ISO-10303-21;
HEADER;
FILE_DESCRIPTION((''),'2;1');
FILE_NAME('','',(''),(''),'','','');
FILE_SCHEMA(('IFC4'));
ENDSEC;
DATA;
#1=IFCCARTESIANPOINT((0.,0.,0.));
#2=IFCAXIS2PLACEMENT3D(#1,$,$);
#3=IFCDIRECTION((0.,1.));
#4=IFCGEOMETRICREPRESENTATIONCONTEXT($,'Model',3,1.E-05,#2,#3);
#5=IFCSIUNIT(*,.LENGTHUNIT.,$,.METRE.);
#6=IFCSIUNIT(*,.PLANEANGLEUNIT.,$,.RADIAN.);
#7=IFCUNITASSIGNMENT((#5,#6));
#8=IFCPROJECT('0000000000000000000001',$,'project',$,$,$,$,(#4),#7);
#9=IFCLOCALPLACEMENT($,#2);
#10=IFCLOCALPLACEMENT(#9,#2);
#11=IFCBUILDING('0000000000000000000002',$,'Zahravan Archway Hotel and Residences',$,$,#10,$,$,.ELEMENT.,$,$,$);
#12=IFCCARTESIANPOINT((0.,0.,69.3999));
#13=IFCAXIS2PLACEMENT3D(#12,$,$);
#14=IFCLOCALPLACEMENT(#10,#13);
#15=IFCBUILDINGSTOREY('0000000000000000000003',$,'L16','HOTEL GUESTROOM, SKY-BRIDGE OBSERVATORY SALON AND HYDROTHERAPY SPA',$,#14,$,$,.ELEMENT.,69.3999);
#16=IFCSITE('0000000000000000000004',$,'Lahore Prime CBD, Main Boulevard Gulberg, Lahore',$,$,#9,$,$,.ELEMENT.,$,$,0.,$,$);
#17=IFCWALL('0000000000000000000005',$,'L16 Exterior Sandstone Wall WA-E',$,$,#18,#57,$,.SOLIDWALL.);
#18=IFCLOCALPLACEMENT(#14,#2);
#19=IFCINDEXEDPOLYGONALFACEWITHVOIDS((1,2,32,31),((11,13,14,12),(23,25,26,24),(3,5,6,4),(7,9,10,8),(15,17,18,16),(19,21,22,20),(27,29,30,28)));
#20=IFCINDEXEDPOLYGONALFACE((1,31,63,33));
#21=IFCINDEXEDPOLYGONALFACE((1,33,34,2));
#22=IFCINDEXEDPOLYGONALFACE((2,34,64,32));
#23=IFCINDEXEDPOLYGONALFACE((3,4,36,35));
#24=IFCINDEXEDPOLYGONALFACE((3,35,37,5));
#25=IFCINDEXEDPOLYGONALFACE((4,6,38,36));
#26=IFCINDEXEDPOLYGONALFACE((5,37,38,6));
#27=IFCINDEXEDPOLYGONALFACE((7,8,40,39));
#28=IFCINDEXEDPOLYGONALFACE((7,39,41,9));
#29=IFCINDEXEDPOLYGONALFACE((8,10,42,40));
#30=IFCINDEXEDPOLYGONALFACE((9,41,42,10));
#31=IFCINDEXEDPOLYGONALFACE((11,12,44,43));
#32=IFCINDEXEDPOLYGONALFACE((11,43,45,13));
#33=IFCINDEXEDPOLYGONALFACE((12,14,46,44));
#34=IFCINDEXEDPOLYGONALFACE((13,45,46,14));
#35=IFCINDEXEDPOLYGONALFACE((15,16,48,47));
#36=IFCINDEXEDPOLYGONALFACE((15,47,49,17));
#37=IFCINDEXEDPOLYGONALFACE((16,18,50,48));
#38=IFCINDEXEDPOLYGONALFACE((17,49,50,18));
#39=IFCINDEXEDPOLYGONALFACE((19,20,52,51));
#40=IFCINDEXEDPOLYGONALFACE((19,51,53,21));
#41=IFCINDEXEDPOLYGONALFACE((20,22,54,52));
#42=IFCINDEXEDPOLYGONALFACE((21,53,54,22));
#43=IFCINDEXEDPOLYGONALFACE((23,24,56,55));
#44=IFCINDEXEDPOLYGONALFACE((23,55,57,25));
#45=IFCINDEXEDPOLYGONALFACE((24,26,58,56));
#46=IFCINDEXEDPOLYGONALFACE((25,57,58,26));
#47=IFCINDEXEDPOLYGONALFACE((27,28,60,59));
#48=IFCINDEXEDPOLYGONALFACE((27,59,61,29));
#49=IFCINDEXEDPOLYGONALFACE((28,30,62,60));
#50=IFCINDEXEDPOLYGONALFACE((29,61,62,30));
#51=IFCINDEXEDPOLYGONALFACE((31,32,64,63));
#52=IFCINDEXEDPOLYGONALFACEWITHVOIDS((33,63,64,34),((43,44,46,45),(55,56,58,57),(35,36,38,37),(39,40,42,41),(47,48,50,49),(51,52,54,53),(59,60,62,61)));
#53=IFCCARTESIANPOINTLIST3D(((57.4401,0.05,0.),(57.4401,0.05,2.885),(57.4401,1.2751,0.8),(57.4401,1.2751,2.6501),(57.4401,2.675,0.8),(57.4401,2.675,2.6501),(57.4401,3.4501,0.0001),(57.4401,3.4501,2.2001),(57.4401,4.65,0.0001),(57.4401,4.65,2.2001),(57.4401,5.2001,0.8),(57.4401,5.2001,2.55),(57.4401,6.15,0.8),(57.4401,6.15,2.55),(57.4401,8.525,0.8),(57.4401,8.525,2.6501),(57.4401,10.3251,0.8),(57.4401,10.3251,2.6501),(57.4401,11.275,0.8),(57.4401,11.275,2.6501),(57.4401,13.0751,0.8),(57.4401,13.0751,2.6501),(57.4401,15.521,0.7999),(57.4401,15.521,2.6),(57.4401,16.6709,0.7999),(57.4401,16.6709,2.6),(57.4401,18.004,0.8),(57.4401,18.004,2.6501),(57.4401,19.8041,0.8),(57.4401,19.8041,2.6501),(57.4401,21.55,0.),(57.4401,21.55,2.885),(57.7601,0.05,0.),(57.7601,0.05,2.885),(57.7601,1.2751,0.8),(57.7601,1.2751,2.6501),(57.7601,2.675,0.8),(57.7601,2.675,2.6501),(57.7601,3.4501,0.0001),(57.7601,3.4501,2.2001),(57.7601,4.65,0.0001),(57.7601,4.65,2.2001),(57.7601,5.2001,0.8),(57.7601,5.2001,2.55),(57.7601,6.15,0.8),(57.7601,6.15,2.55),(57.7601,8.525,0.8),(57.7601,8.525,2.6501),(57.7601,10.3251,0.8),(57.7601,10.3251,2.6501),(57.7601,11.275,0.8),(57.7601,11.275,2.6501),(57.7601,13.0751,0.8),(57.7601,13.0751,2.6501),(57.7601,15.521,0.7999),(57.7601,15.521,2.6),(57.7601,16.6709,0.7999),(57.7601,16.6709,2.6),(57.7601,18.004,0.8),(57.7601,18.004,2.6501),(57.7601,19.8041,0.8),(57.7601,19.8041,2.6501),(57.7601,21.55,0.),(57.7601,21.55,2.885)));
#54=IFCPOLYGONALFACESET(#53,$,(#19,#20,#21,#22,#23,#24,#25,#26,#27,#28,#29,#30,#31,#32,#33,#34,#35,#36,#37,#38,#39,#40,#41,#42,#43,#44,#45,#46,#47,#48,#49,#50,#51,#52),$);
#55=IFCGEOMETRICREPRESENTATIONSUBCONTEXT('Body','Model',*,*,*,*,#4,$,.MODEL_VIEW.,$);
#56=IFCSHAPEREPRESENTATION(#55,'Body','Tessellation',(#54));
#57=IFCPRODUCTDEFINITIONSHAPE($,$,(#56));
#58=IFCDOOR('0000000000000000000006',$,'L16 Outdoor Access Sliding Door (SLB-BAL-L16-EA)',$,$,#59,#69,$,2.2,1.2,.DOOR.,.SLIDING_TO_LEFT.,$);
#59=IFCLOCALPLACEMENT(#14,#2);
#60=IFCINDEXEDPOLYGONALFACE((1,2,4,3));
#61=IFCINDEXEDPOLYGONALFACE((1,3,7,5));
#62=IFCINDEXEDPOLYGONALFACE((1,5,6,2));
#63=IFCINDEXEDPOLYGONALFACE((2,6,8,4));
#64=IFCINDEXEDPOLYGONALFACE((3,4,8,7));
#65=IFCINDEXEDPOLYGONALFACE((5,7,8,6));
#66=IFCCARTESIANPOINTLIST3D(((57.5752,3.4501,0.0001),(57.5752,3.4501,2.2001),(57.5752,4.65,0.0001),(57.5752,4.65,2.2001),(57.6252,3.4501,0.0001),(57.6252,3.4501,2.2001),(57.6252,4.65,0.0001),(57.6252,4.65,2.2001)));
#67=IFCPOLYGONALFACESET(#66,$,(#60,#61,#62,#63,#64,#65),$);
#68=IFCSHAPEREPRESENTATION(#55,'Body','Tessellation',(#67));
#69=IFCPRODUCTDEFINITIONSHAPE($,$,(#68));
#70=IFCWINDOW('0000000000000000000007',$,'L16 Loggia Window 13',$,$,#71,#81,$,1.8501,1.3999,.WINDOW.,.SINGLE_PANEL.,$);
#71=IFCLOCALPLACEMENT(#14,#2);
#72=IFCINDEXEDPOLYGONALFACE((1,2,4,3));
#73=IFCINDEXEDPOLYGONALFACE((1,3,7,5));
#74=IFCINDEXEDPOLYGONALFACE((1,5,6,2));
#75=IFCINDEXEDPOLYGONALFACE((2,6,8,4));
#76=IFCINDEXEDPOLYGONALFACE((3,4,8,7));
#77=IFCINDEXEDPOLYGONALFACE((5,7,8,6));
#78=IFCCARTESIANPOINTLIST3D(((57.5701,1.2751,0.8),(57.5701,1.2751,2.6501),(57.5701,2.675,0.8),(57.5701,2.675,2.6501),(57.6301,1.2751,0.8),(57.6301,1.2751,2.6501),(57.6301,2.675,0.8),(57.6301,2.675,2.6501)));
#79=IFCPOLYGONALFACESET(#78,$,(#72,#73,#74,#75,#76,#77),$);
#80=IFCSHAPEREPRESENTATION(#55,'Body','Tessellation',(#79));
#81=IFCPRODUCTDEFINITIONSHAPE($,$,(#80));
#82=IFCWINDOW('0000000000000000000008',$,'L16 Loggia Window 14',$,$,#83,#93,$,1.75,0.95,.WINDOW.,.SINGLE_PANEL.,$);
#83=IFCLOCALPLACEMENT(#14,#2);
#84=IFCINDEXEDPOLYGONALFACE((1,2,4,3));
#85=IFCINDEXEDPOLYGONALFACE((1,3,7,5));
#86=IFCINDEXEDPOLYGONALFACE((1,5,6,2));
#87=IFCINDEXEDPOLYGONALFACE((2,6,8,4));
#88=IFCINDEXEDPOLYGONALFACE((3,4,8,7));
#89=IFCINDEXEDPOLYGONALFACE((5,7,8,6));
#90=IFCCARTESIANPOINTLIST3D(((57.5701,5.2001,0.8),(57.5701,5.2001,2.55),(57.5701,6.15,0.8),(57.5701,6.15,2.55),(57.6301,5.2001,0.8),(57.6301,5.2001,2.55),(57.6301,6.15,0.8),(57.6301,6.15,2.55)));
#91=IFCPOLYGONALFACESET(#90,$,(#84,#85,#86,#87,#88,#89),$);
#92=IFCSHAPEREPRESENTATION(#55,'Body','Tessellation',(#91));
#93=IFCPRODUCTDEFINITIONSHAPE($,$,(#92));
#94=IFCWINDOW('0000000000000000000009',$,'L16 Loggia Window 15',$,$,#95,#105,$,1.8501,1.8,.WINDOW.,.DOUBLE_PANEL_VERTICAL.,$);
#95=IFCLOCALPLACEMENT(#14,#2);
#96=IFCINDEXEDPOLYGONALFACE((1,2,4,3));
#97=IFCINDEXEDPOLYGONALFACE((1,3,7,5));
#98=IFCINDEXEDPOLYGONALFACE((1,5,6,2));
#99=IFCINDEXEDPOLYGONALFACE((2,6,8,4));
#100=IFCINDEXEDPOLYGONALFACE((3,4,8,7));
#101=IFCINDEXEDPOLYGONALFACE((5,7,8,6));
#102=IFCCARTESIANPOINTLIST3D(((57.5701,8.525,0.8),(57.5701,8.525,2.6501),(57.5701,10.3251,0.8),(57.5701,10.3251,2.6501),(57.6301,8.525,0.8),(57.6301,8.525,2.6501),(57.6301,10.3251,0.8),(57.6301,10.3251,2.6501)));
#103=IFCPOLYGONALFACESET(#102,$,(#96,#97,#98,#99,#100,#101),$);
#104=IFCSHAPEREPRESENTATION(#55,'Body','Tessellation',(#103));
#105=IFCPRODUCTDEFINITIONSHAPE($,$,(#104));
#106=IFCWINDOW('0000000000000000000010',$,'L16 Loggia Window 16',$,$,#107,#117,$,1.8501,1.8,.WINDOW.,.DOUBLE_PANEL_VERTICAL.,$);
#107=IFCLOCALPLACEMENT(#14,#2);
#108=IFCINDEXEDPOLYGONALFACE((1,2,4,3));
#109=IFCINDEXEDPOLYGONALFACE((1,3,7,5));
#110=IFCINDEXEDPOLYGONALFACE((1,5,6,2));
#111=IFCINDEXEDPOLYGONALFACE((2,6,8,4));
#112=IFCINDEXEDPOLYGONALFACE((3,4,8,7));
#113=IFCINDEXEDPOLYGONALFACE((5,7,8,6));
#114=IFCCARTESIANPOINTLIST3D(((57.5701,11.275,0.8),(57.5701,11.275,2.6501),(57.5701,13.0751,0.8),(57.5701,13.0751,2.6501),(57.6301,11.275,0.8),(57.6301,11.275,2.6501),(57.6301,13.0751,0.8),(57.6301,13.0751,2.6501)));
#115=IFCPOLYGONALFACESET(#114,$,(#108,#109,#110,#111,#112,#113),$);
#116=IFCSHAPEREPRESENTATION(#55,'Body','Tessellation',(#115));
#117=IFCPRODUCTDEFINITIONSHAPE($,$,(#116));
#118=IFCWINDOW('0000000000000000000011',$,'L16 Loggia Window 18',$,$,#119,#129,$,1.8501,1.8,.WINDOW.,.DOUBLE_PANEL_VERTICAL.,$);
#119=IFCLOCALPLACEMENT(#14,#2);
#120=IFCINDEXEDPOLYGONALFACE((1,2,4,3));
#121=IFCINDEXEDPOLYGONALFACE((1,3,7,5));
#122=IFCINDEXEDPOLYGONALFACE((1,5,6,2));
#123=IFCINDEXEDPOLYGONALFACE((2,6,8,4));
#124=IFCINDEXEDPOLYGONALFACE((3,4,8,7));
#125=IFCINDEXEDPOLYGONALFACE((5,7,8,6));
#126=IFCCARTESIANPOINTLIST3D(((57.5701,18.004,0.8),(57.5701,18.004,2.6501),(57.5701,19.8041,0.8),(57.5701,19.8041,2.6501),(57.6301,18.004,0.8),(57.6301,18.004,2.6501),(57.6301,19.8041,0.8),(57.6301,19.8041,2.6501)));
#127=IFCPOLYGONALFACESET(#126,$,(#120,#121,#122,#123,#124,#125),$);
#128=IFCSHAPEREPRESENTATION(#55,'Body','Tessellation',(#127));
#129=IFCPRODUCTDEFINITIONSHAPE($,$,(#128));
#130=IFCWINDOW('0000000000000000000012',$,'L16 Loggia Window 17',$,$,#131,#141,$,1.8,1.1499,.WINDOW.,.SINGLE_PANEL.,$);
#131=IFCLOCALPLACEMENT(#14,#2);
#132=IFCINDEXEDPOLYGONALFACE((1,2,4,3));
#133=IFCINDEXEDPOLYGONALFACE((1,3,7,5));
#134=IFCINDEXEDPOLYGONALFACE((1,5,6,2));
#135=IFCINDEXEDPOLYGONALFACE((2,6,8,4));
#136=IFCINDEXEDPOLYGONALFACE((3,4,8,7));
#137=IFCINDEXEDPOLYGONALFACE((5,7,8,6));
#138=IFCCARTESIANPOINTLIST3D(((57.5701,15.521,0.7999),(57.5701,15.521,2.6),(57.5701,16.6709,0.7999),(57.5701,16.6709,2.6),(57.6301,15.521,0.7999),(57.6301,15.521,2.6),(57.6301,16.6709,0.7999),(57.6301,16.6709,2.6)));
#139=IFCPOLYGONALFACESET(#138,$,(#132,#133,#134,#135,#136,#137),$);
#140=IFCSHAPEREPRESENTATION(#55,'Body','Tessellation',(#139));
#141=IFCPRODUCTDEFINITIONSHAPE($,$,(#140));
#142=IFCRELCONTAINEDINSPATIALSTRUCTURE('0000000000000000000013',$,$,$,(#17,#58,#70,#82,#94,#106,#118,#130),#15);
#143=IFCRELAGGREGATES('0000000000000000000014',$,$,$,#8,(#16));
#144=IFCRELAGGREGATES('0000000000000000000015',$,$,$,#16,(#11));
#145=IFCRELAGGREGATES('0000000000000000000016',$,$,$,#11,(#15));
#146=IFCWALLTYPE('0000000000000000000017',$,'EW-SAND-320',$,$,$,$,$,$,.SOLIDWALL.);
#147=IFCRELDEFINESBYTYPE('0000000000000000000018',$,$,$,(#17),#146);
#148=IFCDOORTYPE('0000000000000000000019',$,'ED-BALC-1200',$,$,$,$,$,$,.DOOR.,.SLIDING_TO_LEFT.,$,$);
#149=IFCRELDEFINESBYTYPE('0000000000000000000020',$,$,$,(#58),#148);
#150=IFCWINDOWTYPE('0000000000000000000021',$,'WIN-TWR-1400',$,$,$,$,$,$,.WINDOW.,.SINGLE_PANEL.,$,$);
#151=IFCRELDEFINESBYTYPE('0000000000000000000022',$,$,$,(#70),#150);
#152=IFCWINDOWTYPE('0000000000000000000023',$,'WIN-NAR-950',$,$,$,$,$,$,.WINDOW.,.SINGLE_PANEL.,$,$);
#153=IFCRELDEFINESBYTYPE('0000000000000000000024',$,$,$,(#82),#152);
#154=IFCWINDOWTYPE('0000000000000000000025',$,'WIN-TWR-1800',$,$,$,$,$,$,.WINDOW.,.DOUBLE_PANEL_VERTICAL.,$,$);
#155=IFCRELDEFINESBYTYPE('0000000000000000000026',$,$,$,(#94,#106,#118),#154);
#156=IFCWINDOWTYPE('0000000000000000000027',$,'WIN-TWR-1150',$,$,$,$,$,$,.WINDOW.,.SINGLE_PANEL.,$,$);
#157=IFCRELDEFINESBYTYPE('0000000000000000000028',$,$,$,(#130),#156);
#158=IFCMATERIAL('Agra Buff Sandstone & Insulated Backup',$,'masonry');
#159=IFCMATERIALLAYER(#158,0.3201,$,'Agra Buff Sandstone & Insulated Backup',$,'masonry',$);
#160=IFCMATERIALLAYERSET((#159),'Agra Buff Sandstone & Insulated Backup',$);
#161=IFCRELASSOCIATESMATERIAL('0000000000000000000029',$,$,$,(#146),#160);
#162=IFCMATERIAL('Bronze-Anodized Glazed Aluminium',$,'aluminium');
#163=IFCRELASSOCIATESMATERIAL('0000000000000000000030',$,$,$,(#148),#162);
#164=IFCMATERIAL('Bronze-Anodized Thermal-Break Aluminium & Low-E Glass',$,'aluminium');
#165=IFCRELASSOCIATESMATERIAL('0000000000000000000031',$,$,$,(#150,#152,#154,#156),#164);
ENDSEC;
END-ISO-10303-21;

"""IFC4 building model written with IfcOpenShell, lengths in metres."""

from ifc_helpers import new_model, si_unit, direction, frame, frame_2d, origin, place, context, subcontext, project, spatial, rectangle, extrude, source, transform, mapped, material, layer, layer_set, type_object, type_shapes, element, fill, save


model = new_model("IFC4")

# Units and contexts
model_context = context("Model", 3, precision=1e-05, world=origin(), true_north=direction((0.0, 1.0)))
body_context = subcontext(model_context, "Body", "Model", "MODEL_VIEW")
ifc_project = project(units=[si_unit("LENGTHUNIT", "METRE"), si_unit("PLANEANGLEUNIT", "RADIAN")], contexts=[model_context])

# Site, building, storey
site_placement = place(None, origin())
site = spatial("IfcSite", under=ifc_project, at=site_placement, Name="Lahore Prime CBD, Main Boulevard Gulberg, Lahore", CompositionType="ELEMENT", RefElevation=0.0)
building_placement = place(site_placement, origin())
building = spatial("IfcBuilding", under=site, at=building_placement, Name="Zahravan Archway Hotel and Residences", CompositionType="ELEMENT")
storey_placement = place(building_placement, frame((0.0, 0.0, 69.3999)))
storey = spatial("IfcBuildingStorey", under=building, at=storey_placement, Name="L16", Description="HOTEL GUESTROOM, SKY-BRIDGE OBSERVATORY SALON AND HYDROTHERAPY SPA", CompositionType="ELEMENT", Elevation=69.3999)

# Wall, openings, door, windows
ifc_material_1 = material(Name="Agra Buff Sandstone & Insulated Backup", Category="masonry")
ifc_layer_1 = layer(ifc_material_1, 0.3201, Name="Agra Buff Sandstone & Insulated Backup", Category="masonry")
ifc_layer_set_1 = layer_set([ifc_layer_1], Name="Agra Buff Sandstone & Insulated Backup")
wall_type_1 = type_object("IfcWallType", Name="EW-SAND-320", PredefinedType="SOLIDWALL", material=ifc_layer_set_1)
wall_1_placement = place(storey_placement, frame((57.6001, 0.05, 0.0), z_axis=(0.0, 0.0, 1.0), x_axis=(0.0, 1.0, 0.0)))
wall_1 = element("IfcWall", 1, at=wall_1_placement, inside=storey, type_object=wall_type_1, Name="L16 Exterior Sandstone Wall WA-E", PredefinedType="SOLIDWALL", context=body_context, shape_type="SweptSolid", body=[
    extrude(rectangle(XDim=21.5, YDim=0.3201, at=frame_2d((10.75, 0.0))), origin(), (0.0, 0.0, 1.0), 2.885),
])
opening_1_placement = place(wall_1_placement, frame((3.3999, 0.0, 0.0)))
opening_1 = element("IfcOpeningElement", 2, at=opening_1_placement, cuts=wall_1, PredefinedType="OPENING", context=body_context, shape_type="SweptSolid", body=[
    extrude(rectangle(XDim=1.2, YDim=2.2, at=frame_2d((0.6001, 1.1001))), frame((0.0, 0.1699, 0.0), z_axis=(0.0, -1.0, 0.0), x_axis=(1.0, 0.0, 0.0)), (0.0, 0.0, 1.0), 0.3401),
])
opening_2_placement = place(wall_1_placement, frame((1.2251, 0.0, 0.8)))
opening_2 = element("IfcOpeningElement", 3, at=opening_2_placement, cuts=wall_1, PredefinedType="OPENING", context=body_context, shape_type="SweptSolid", body=[
    extrude(rectangle(XDim=1.3999, YDim=1.8501, at=frame_2d((0.7, 0.925))), frame((0.0, 0.1699, 0.0), z_axis=(0.0, -1.0, 0.0), x_axis=(1.0, 0.0, 0.0)), (0.0, 0.0, 1.0), 0.3401),
])
opening_3_placement = place(wall_1_placement, frame((5.1499, 0.0, 0.8)))
opening_3 = element("IfcOpeningElement", 4, at=opening_3_placement, cuts=wall_1, PredefinedType="OPENING", context=body_context, shape_type="SweptSolid", body=[
    extrude(rectangle(XDim=0.95, YDim=1.75, at=frame_2d((0.4751, 0.875))), frame((0.0, 0.1699, 0.0), z_axis=(0.0, -1.0, 0.0), x_axis=(1.0, 0.0, 0.0)), (0.0, 0.0, 1.0), 0.3401),
])
opening_4_placement = place(wall_1_placement, frame((8.4751, 0.0, 0.8)))
opening_4 = element("IfcOpeningElement", 5, at=opening_4_placement, cuts=wall_1, PredefinedType="OPENING", context=body_context, shape_type="SweptSolid", body=[
    extrude(rectangle(XDim=1.8, YDim=1.8501, at=frame_2d((0.8999, 0.925))), frame((0.0, 0.1699, 0.0), z_axis=(0.0, -1.0, 0.0), x_axis=(1.0, 0.0, 0.0)), (0.0, 0.0, 1.0), 0.3401),
])
opening_5_placement = place(wall_1_placement, frame((11.2251, 0.0, 0.8)))
opening_5 = element("IfcOpeningElement", 6, at=opening_5_placement, cuts=wall_1, PredefinedType="OPENING", context=body_context, shape_type="SweptSolid", body=[
    extrude(rectangle(XDim=1.8, YDim=1.8501, at=frame_2d((0.8999, 0.925))), frame((0.0, 0.1699, 0.0), z_axis=(0.0, -1.0, 0.0), x_axis=(1.0, 0.0, 0.0)), (0.0, 0.0, 1.0), 0.3401),
])
opening_6_placement = place(wall_1_placement, frame((15.4709, 0.0, 0.8)))
opening_6 = element("IfcOpeningElement", 7, at=opening_6_placement, cuts=wall_1, PredefinedType="OPENING", context=body_context, shape_type="SweptSolid", body=[
    extrude(rectangle(XDim=1.1499, YDim=1.8, at=frame_2d((0.575, 0.8999))), frame((0.0, 0.1699, 0.0), z_axis=(0.0, -1.0, 0.0), x_axis=(1.0, 0.0, 0.0)), (0.0, 0.0, 1.0), 0.3401),
])
opening_7_placement = place(wall_1_placement, frame((17.9541, 0.0, 0.8)))
opening_7 = element("IfcOpeningElement", 8, at=opening_7_placement, cuts=wall_1, PredefinedType="OPENING", context=body_context, shape_type="SweptSolid", body=[
    extrude(rectangle(XDim=1.8, YDim=1.8501, at=frame_2d((0.8999, 0.925))), frame((0.0, 0.1699, 0.0), z_axis=(0.0, -1.0, 0.0), x_axis=(1.0, 0.0, 0.0)), (0.0, 0.0, 1.0), 0.3401),
])
ifc_material_2 = material(Name="Bronze-Anodized Glazed Aluminium", Category="aluminium")
door_type = type_object("IfcDoorType", Name="ED-BALC-1200", OperationType="SLIDING_TO_LEFT", PredefinedType="DOOR", material=ifc_material_2)
shared_shape_1 = source(origin(), body_context, "Body", "SweptSolid", [
    extrude(rectangle(XDim=1.2, YDim=2.2, at=frame_2d((0.6001, 1.1001))), frame((0.0, 0.0249, 0.0), z_axis=(0.0, -1.0, 0.0), x_axis=(1.0, 0.0, 0.0)), (0.0, 0.0, 1.0), 0.05),
])
type_shapes(door_type, [shared_shape_1])
door_placement = place(opening_1_placement, origin())
door = element("IfcDoor", 9, at=door_placement, inside=storey, type_object=door_type, Name="L16 Outdoor Access Sliding Door (SLB-BAL-L16-EA)", OperationType="SLIDING_TO_LEFT", OverallHeight=2.2, OverallWidth=1.2, PredefinedType="DOOR", context=body_context, shape_type="MappedRepresentation", body=[
    mapped(shared_shape_1, transform((0.0, 0.0, 0.0), scale=1.0)),
])
fill(opening_1, door)
ifc_material_3 = material(Name="Bronze-Anodized Thermal-Break Aluminium & Low-E Glass", Category="aluminium")
window_type_1 = type_object("IfcWindowType", Name="WIN-TWR-1400", PartitioningType="SINGLE_PANEL", PredefinedType="WINDOW", material=ifc_material_3)
shared_shape_2 = source(origin(), body_context, "Body", "SweptSolid", [
    extrude(rectangle(XDim=1.3999, YDim=1.8501, at=frame_2d((0.7, 0.925))), frame((0.0, 0.03, 0.0), z_axis=(0.0, -1.0, 0.0), x_axis=(1.0, 0.0, 0.0)), (0.0, 0.0, 1.0), 0.0601),
])
type_shapes(window_type_1, [shared_shape_2])
window_1_placement = place(opening_2_placement, origin())
window_1 = element("IfcWindow", 10, at=window_1_placement, inside=storey, type_object=window_type_1, Name="L16 Loggia Window 13", OverallHeight=1.8501, OverallWidth=1.3999, PartitioningType="SINGLE_PANEL", PredefinedType="WINDOW", context=body_context, shape_type="MappedRepresentation", body=[
    mapped(shared_shape_2, transform((0.0, 0.0, 0.0), scale=1.0)),
])
fill(opening_2, window_1)
window_type_2 = type_object("IfcWindowType", Name="WIN-NAR-950", PartitioningType="SINGLE_PANEL", PredefinedType="WINDOW", material=ifc_material_3)
shared_shape_3 = source(origin(), body_context, "Body", "SweptSolid", [
    extrude(rectangle(XDim=0.95, YDim=1.75, at=frame_2d((0.4751, 0.875))), frame((0.0, 0.03, 0.0), z_axis=(0.0, -1.0, 0.0), x_axis=(1.0, 0.0, 0.0)), (0.0, 0.0, 1.0), 0.0601),
])
type_shapes(window_type_2, [shared_shape_3])
window_2_placement = place(opening_3_placement, origin())
window_2 = element("IfcWindow", 11, at=window_2_placement, inside=storey, type_object=window_type_2, Name="L16 Loggia Window 14", OverallHeight=1.75, OverallWidth=0.95, PartitioningType="SINGLE_PANEL", PredefinedType="WINDOW", context=body_context, shape_type="MappedRepresentation", body=[
    mapped(shared_shape_3, transform((0.0, 0.0, 0.0), scale=1.0)),
])
fill(opening_3, window_2)
window_type_3 = type_object("IfcWindowType", Name="WIN-TWR-1800", PartitioningType="DOUBLE_PANEL_VERTICAL", PredefinedType="WINDOW", material=ifc_material_3)
shared_shape_4 = source(origin(), body_context, "Body", "SweptSolid", [
    extrude(rectangle(XDim=1.8, YDim=1.8501, at=frame_2d((0.8999, 0.925))), frame((0.0, 0.03, 0.0), z_axis=(0.0, -1.0, 0.0), x_axis=(1.0, 0.0, 0.0)), (0.0, 0.0, 1.0), 0.0601),
])
type_shapes(window_type_3, [shared_shape_4])
window_3_placement = place(opening_4_placement, origin())
window_3 = element("IfcWindow", 12, at=window_3_placement, inside=storey, type_object=window_type_3, Name="L16 Loggia Window 15", OverallHeight=1.8501, OverallWidth=1.8, PartitioningType="DOUBLE_PANEL_VERTICAL", PredefinedType="WINDOW", context=body_context, shape_type="MappedRepresentation", body=[
    mapped(shared_shape_4, transform((0.0, 0.0, 0.0), scale=1.0)),
])
fill(opening_4, window_3)
window_4_placement = place(opening_5_placement, origin())
window_4 = element("IfcWindow", 13, at=window_4_placement, inside=storey, type_object=window_type_3, Name="L16 Loggia Window 16", OverallHeight=1.8501, OverallWidth=1.8, PartitioningType="DOUBLE_PANEL_VERTICAL", PredefinedType="WINDOW", context=body_context, shape_type="MappedRepresentation", body=[
    mapped(shared_shape_4, transform((0.0, 0.0, 0.0), scale=1.0)),
])
fill(opening_5, window_4)
window_5_placement = place(opening_7_placement, origin())
window_5 = element("IfcWindow", 14, at=window_5_placement, inside=storey, type_object=window_type_3, Name="L16 Loggia Window 18", OverallHeight=1.8501, OverallWidth=1.8, PartitioningType="DOUBLE_PANEL_VERTICAL", PredefinedType="WINDOW", context=body_context, shape_type="MappedRepresentation", body=[
    mapped(shared_shape_4, transform((0.0, 0.0, 0.0), scale=1.0)),
])
fill(opening_7, window_5)
window_type_4 = type_object("IfcWindowType", Name="WIN-TWR-1150", PartitioningType="SINGLE_PANEL", PredefinedType="WINDOW", material=ifc_material_3)
shared_shape_5 = source(origin(), body_context, "Body", "SweptSolid", [
    extrude(rectangle(XDim=1.1499, YDim=1.8, at=frame_2d((0.575, 0.8999))), frame((0.0, 0.03, 0.0), z_axis=(0.0, -1.0, 0.0), x_axis=(1.0, 0.0, 0.0)), (0.0, 0.0, 1.0), 0.0601),
])
type_shapes(window_type_4, [shared_shape_5])
window_6_placement = place(opening_6_placement, origin())
window_6 = element("IfcWindow", 15, at=window_6_placement, inside=storey, type_object=window_type_4, Name="L16 Loggia Window 17", OverallHeight=1.8, OverallWidth=1.1499, PartitioningType="SINGLE_PANEL", PredefinedType="WINDOW", context=body_context, shape_type="MappedRepresentation", body=[
    mapped(shared_shape_5, transform((0.0, 0.0, 0.0), scale=1.0)),
])
fill(opening_6, window_6)

save(model, "model.ifc")
